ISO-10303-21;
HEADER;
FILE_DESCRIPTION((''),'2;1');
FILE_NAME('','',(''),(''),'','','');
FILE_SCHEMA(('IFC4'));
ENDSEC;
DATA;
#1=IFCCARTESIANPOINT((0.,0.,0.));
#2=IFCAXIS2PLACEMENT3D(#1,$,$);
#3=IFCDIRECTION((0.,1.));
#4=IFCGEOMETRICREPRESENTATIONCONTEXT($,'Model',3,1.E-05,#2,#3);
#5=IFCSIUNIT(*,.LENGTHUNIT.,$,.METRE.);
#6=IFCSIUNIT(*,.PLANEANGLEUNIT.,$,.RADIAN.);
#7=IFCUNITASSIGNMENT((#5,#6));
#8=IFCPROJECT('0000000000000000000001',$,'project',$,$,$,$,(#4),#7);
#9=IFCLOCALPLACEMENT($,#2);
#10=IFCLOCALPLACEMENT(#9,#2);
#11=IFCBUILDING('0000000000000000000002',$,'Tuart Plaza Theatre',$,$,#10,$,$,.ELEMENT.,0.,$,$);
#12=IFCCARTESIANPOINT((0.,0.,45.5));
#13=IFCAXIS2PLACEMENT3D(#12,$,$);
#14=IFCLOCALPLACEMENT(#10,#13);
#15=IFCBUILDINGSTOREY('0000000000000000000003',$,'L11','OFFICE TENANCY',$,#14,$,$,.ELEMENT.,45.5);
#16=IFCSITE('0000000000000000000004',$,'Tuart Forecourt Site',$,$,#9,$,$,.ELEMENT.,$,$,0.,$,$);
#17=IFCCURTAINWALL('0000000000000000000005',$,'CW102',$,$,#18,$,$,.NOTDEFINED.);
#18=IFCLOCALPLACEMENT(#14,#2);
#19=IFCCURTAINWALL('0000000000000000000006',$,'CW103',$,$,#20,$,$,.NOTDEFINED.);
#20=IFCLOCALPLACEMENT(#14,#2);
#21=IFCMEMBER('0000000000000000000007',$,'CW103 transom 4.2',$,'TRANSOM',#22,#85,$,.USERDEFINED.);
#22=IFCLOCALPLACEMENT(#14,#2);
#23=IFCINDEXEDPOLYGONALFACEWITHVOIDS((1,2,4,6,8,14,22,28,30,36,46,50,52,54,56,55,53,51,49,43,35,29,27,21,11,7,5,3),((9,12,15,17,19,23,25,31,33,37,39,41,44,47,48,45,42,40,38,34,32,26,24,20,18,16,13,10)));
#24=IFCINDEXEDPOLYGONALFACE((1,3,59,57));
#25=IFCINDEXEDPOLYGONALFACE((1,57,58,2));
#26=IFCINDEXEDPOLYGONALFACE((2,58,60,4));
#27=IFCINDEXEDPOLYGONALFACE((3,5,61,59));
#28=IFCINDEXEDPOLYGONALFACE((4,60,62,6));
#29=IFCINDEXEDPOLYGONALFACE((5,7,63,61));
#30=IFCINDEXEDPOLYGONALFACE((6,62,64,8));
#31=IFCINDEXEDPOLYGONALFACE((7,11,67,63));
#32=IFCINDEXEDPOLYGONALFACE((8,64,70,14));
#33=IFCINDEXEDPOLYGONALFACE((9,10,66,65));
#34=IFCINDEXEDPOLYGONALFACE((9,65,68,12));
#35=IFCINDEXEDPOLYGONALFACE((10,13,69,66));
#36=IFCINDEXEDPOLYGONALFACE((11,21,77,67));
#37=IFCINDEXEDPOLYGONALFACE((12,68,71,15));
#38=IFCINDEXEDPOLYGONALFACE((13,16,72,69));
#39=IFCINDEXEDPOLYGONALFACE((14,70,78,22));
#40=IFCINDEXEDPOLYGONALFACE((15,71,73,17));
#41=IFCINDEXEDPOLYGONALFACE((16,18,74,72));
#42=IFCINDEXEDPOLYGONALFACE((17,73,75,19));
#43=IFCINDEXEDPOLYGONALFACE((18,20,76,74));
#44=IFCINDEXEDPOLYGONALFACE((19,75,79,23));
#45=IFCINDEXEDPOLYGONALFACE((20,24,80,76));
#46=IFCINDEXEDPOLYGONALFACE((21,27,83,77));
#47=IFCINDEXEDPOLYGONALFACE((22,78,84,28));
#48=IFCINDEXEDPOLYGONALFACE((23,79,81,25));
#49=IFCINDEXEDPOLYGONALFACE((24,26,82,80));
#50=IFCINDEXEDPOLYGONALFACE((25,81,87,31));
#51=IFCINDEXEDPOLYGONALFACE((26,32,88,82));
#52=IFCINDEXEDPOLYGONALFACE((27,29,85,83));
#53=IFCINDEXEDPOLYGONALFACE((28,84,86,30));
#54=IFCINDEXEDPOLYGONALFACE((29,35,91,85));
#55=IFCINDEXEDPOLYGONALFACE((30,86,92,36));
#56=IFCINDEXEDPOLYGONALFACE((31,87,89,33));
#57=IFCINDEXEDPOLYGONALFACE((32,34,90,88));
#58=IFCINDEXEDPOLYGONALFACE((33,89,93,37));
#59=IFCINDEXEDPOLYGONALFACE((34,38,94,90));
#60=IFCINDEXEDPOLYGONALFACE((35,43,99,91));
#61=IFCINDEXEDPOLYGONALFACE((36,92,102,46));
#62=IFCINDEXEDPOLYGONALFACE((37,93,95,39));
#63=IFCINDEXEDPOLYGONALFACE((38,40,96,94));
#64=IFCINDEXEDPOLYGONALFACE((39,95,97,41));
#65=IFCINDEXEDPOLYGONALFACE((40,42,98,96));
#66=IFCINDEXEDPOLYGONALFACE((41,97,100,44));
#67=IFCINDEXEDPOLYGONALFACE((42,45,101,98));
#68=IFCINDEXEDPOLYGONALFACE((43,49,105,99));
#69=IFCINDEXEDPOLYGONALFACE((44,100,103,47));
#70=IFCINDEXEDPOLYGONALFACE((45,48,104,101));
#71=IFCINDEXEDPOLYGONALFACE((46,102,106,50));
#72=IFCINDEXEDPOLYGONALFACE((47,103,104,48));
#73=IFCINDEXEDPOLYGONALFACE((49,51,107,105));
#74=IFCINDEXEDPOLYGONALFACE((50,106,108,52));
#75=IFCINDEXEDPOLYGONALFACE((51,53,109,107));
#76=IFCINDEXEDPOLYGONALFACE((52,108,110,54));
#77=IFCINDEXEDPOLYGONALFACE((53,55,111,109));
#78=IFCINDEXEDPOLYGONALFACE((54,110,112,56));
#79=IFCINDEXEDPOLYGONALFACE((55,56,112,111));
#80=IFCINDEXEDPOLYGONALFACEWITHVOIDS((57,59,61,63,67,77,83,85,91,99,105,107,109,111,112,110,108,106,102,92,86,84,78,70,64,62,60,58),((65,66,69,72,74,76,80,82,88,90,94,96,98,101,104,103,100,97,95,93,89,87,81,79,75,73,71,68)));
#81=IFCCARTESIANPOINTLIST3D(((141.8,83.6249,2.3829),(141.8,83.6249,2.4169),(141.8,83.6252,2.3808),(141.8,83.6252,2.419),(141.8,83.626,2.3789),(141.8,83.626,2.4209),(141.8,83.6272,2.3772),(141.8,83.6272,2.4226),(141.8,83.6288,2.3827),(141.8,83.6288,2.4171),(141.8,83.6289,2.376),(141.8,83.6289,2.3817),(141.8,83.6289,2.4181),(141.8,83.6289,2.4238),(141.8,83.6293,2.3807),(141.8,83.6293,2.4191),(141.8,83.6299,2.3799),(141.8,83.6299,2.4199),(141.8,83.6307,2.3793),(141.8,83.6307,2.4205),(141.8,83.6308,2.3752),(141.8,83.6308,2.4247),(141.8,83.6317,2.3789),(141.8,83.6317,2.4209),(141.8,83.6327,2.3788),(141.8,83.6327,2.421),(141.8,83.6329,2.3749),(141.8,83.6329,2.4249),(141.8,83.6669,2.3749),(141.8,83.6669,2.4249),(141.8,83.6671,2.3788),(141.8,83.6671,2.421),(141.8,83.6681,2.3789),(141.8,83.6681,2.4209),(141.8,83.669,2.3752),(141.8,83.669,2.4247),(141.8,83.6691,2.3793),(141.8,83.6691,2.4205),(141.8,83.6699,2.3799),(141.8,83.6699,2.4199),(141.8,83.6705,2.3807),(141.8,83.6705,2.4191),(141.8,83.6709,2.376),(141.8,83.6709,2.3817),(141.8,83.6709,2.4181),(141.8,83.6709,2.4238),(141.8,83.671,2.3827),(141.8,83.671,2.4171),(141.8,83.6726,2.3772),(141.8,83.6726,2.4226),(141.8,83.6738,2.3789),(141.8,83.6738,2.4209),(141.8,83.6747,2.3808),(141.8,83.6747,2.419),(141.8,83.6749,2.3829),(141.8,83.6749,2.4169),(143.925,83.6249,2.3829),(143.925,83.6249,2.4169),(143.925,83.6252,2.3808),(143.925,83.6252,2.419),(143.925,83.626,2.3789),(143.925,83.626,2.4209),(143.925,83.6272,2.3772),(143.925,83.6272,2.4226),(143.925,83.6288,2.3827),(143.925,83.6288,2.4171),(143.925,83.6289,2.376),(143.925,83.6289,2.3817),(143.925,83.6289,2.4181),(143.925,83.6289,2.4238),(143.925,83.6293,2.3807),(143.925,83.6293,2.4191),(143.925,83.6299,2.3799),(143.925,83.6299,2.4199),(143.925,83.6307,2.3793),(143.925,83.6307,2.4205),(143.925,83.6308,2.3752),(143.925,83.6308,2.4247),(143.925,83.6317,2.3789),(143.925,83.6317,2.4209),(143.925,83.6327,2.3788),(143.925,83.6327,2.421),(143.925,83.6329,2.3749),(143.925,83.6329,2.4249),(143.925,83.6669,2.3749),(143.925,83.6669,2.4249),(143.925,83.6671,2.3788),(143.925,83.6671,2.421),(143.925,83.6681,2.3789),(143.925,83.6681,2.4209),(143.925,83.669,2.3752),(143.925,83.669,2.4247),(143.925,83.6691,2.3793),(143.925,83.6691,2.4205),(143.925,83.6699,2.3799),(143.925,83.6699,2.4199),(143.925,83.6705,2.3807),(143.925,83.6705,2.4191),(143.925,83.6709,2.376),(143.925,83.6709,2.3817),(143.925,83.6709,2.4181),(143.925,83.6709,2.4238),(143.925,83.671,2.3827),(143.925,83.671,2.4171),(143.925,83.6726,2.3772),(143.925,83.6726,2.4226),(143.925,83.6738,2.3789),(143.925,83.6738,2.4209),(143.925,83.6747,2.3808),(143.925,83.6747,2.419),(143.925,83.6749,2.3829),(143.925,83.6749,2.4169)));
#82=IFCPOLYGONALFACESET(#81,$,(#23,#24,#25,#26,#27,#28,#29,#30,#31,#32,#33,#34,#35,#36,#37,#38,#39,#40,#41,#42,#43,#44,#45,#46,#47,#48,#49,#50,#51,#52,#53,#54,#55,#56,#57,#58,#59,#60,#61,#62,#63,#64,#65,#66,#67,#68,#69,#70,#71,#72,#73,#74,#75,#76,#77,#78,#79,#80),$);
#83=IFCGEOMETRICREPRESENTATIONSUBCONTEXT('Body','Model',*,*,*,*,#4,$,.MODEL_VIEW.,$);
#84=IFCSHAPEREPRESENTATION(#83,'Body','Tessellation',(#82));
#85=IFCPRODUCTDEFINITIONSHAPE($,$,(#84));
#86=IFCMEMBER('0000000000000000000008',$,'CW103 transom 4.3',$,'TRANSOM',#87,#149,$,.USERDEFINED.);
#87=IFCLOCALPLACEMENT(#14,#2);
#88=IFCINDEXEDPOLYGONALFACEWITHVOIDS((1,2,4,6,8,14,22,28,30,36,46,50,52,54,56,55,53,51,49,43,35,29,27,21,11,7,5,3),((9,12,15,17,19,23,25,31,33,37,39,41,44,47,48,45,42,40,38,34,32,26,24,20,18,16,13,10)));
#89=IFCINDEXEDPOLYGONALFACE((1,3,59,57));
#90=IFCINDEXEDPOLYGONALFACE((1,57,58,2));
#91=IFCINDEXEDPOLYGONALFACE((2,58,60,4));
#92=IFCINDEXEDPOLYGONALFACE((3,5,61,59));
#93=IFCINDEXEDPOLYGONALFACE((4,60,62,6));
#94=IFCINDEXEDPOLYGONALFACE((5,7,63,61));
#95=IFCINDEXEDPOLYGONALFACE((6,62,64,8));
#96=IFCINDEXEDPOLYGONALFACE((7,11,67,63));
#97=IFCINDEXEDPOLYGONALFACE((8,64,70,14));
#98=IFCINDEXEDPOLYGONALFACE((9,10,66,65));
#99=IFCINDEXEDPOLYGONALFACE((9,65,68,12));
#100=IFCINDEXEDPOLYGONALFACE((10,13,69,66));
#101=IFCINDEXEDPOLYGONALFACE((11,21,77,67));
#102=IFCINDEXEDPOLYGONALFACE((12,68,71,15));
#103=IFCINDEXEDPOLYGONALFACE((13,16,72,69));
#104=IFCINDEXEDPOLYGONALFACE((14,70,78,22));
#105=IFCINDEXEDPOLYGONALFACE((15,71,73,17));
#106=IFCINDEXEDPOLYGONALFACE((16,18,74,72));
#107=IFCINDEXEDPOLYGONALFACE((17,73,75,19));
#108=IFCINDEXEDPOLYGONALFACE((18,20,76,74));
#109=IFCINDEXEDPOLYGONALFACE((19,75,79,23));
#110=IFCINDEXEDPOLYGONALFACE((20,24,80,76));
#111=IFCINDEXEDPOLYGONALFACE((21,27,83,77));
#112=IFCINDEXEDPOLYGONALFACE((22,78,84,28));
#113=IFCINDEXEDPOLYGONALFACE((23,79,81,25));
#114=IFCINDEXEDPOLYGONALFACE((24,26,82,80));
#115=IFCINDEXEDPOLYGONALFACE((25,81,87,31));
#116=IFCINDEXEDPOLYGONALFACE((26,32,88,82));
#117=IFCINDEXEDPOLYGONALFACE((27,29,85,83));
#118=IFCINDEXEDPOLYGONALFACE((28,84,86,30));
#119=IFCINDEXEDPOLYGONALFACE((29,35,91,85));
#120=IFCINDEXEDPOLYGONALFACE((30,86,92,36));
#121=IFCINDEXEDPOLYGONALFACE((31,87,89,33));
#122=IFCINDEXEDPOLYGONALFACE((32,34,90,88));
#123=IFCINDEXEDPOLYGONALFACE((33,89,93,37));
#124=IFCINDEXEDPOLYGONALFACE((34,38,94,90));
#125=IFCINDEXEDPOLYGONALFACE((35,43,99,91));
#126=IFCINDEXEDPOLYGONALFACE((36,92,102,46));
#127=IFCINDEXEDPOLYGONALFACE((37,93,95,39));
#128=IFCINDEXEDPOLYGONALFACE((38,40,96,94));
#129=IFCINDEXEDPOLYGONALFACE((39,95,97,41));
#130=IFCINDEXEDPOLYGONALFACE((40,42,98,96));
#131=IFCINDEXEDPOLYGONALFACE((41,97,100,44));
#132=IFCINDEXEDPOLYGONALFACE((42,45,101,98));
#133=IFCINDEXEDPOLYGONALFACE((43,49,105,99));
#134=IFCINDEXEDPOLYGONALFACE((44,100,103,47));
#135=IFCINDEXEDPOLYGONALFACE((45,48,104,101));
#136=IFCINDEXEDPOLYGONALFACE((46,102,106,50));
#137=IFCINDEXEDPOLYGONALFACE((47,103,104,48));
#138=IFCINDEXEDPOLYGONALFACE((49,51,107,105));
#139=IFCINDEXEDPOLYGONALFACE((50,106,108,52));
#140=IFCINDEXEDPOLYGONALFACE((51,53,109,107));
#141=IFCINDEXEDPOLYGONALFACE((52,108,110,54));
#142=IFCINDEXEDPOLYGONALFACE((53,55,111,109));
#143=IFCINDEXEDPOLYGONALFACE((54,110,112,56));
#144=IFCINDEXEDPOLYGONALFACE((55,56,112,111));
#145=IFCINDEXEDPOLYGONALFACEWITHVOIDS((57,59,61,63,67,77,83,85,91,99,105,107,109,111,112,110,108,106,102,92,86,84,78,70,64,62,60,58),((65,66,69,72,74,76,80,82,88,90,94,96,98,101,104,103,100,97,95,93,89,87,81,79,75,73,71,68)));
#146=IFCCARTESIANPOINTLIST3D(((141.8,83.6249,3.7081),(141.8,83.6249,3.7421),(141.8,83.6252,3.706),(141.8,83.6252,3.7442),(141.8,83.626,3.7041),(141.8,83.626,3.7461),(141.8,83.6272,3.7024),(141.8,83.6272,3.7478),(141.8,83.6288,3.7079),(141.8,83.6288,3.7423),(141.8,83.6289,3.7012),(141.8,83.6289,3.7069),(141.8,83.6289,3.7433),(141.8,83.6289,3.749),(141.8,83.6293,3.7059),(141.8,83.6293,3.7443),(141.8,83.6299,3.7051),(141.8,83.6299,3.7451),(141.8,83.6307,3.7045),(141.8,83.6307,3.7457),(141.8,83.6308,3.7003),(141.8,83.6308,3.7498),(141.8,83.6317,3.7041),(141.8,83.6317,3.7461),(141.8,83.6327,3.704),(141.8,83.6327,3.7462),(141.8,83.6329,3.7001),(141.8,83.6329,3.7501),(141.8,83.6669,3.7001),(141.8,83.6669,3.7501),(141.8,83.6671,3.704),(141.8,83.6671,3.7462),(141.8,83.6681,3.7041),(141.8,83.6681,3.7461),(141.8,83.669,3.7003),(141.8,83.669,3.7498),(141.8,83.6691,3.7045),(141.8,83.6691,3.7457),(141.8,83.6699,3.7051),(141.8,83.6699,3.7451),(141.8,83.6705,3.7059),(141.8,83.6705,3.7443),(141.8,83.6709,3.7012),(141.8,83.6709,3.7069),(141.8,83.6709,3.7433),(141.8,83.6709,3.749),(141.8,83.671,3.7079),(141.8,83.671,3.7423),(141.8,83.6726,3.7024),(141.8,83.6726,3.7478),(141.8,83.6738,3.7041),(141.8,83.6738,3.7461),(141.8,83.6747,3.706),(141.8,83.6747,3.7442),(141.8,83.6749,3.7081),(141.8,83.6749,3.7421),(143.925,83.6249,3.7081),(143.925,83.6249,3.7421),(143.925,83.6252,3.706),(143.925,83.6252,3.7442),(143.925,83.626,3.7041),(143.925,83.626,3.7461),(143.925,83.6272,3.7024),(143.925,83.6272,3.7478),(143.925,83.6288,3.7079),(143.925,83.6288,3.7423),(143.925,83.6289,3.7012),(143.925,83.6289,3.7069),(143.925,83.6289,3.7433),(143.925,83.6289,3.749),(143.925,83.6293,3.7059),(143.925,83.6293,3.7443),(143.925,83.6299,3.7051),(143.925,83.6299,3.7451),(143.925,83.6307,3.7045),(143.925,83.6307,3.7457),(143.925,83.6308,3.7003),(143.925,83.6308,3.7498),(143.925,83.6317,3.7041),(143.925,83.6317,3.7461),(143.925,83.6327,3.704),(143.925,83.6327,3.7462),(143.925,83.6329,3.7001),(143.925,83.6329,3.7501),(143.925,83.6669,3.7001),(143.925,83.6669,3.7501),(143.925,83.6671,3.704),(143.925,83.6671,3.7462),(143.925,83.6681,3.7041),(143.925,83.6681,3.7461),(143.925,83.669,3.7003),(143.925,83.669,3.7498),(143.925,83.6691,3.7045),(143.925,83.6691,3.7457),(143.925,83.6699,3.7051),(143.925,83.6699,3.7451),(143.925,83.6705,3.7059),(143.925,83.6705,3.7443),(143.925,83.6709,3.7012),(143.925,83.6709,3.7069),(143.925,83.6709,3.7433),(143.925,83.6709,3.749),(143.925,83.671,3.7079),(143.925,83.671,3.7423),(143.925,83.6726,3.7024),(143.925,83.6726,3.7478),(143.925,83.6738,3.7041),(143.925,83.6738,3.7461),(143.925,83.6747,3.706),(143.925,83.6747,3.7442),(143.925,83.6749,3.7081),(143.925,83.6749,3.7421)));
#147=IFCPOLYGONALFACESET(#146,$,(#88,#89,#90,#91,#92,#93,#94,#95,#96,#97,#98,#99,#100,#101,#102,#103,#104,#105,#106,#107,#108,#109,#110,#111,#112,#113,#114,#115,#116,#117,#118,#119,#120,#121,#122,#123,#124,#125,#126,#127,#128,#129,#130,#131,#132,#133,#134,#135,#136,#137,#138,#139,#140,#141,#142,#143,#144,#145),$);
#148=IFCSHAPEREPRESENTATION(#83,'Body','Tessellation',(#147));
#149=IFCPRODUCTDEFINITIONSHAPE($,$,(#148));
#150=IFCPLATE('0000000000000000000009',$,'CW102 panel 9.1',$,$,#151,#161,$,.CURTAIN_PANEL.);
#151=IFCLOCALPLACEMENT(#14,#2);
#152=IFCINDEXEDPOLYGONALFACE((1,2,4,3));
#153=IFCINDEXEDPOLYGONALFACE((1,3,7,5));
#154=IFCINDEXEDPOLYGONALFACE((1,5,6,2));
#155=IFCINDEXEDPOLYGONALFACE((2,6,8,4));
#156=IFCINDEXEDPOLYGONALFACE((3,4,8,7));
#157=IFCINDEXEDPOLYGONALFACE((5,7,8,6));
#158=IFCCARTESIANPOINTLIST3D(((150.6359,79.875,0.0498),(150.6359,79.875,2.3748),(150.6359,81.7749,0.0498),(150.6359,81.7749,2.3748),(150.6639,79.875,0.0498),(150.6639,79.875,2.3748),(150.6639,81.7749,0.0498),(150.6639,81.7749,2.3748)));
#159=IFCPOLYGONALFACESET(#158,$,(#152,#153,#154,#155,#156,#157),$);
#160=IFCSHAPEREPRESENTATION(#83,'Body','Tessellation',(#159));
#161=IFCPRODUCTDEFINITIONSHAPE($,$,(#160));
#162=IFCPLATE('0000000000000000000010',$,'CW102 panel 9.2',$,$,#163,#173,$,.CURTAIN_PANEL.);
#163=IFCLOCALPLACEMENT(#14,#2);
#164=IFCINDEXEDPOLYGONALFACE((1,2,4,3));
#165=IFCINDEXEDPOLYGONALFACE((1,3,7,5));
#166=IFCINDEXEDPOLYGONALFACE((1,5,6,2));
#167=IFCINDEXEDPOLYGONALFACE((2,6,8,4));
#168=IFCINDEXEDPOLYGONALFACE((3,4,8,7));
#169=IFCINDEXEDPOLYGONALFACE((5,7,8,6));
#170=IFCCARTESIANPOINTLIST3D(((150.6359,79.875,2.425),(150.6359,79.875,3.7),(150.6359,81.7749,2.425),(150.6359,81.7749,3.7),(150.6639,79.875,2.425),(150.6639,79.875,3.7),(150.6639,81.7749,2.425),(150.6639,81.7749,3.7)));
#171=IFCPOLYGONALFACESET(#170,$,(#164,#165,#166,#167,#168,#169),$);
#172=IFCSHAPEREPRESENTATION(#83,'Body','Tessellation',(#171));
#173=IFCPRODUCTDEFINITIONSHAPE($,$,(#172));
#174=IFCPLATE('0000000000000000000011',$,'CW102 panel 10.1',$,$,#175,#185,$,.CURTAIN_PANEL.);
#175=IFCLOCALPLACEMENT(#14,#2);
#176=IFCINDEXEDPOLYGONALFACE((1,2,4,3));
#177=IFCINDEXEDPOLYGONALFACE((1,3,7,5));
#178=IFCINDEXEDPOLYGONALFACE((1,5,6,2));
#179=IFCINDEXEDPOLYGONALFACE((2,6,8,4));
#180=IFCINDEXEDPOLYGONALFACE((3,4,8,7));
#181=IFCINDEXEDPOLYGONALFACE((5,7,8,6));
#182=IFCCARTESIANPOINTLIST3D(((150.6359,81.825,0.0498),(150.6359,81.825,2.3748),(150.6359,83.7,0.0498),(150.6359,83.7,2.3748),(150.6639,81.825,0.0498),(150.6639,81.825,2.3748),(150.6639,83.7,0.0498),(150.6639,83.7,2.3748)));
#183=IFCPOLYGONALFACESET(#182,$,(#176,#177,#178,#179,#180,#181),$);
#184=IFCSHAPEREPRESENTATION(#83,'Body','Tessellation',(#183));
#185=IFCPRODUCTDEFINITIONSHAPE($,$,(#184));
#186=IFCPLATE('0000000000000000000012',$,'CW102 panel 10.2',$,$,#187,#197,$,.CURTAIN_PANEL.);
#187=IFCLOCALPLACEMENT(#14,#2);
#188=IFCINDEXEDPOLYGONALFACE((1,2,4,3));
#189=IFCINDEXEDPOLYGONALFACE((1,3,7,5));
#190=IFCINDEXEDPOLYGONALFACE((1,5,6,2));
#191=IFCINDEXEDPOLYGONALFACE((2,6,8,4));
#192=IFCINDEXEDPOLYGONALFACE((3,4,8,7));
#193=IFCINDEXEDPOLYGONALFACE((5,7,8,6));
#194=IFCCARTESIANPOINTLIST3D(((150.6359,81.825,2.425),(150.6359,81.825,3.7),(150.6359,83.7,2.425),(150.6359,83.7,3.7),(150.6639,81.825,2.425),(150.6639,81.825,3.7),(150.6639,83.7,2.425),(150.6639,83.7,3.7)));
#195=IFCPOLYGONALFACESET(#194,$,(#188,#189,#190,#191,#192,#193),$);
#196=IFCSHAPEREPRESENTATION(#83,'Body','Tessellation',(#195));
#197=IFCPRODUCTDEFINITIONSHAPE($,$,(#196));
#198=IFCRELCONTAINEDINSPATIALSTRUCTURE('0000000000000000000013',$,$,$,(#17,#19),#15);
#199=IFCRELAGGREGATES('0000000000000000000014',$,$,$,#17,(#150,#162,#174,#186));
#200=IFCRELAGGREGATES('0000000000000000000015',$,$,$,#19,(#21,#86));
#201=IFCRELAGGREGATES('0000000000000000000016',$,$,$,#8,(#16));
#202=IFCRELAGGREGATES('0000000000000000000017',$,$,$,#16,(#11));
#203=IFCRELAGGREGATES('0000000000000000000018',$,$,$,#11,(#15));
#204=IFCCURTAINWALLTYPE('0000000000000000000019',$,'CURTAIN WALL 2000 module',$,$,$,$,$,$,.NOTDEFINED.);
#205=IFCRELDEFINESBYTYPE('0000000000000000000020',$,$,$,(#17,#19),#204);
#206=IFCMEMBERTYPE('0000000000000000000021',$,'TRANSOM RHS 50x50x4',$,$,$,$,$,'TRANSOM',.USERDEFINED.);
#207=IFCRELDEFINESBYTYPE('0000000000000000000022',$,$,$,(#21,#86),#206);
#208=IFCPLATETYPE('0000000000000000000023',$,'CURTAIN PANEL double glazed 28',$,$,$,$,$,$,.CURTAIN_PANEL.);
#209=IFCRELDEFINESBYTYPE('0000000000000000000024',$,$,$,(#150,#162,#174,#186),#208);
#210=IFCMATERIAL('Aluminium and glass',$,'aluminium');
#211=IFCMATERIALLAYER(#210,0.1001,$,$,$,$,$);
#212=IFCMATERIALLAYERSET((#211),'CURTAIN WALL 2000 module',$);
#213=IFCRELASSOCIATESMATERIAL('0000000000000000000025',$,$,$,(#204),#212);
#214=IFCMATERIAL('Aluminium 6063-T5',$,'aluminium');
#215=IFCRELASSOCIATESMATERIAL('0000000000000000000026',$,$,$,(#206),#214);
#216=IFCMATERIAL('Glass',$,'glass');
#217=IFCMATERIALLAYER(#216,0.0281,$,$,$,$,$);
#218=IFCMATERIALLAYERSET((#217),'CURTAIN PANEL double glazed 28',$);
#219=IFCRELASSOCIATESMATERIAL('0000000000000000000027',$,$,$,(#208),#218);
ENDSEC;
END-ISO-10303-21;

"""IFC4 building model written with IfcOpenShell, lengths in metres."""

from ifc_helpers import new_model, si_unit, direction, frame, origin, origin_2d, place, context, subcontext, project, spatial, rectangle, hollow_rectangle, extrude, material, layer, layer_set, material_profile, profile_set, type_object, element, aggregate, save


model = new_model("IFC4")

# Units and contexts
model_context = context("Model", 3, precision=1e-05, world=origin(), true_north=direction((0.0, 1.0)))
body_context = subcontext(model_context, "Body", "Model", "MODEL_VIEW")
ifc_project = project(units=[si_unit("LENGTHUNIT", "METRE"), si_unit("PLANEANGLEUNIT", "RADIAN")], contexts=[model_context])

# Site, building, storey
site_placement = place(None, origin())
site = spatial("IfcSite", under=ifc_project, at=site_placement, Name="Tuart Forecourt Site", CompositionType="ELEMENT", RefElevation=0.0)
building_placement = place(site_placement, origin())
building = spatial("IfcBuilding", under=site, at=building_placement, Name="Tuart Plaza Theatre", CompositionType="ELEMENT", ElevationOfRefHeight=0.0)
storey_placement = place(building_placement, frame((0.0, 0.0, 45.5)))
storey = spatial("IfcBuildingStorey", under=building, at=storey_placement, Name="L11", Description="OFFICE TENANCY", CompositionType="ELEMENT", Elevation=45.5)

# Curtain wall
ifc_material_1 = material(Name="Aluminium and glass", Category="aluminium")
ifc_layer_1 = layer(ifc_material_1, 0.1001)
ifc_layer_set_1 = layer_set([ifc_layer_1], Name="CURTAIN WALL 2000 module")
curtain_wall_type = type_object("IfcCurtainWallType", Name="CURTAIN WALL 2000 module", PredefinedType="NOTDEFINED", material=ifc_layer_set_1)
curtain_wall_1_placement = place(storey_placement, origin())
curtain_wall_1 = element("IfcCurtainWall", 1, at=curtain_wall_1_placement, inside=storey, type_object=curtain_wall_type, Name="CW102", PredefinedType="NOTDEFINED")

# Curtain wall
curtain_wall_2_placement = place(storey_placement, origin())
curtain_wall_2 = element("IfcCurtainWall", 2, at=curtain_wall_2_placement, inside=storey, type_object=curtain_wall_type, Name="CW103", PredefinedType="NOTDEFINED")

# Members
ifc_material_2 = material(Name="Aluminium 6063-T5", Category="aluminium")
ifc_material_profile_1 = material_profile(ifc_material_2, hollow_rectangle(XDim=0.05, YDim=0.05, WallThickness=0.0039, InnerFilletRadius=0.0039, OuterFilletRadius=0.0081, at=origin_2d()), Name="RHS 50x50x4")
ifc_profile_set_1 = profile_set([ifc_material_profile_1], Name="Aluminium 6063-T5")
member_type_1 = type_object("IfcMemberType", Name="TRANSOM RHS 50x50x4", ElementType="TRANSOM", PredefinedType="USERDEFINED", material=ifc_profile_set_1)
member_1_placement = place(storey_placement, frame((143.925, 83.6499, 2.3999), z_axis=(-1.0, 0.0, 0.0), x_axis=(0.0, -1.0, 0.0)))
member_1 = element("IfcMember", 3, at=member_1_placement, type_object=member_type_1, Name="CW103 transom 4.2", ObjectType="TRANSOM", PredefinedType="USERDEFINED", context=body_context, shape_type="SweptSolid", body=[
    extrude(hollow_rectangle(XDim=0.05, YDim=0.05, WallThickness=0.0039, InnerFilletRadius=0.0039, OuterFilletRadius=0.0081, at=origin_2d()), origin(), (0.0, 0.0, 1.0), 2.125),
])
member_2_placement = place(storey_placement, frame((143.925, 83.6499, 3.7251), z_axis=(-1.0, 0.0, 0.0), x_axis=(0.0, -1.0, 0.0)))
member_2 = element("IfcMember", 4, at=member_2_placement, type_object=member_type_1, Name="CW103 transom 4.3", ObjectType="TRANSOM", PredefinedType="USERDEFINED", context=body_context, shape_type="SweptSolid", body=[
    extrude(hollow_rectangle(XDim=0.05, YDim=0.05, WallThickness=0.0039, InnerFilletRadius=0.0039, OuterFilletRadius=0.0081, at=origin_2d()), origin(), (0.0, 0.0, 1.0), 2.125),
])

# Plates
ifc_material_3 = material(Name="Glass", Category="glass")
ifc_layer_2 = layer(ifc_material_3, 0.0281)
ifc_layer_set_2 = layer_set([ifc_layer_2], Name="CURTAIN PANEL double glazed 28")
plate_type = type_object("IfcPlateType", Name="CURTAIN PANEL double glazed 28", PredefinedType="CURTAIN_PANEL", material=ifc_layer_set_2)
plate_1_placement = place(storey_placement, frame((150.6499, 80.825, 0.0498), z_axis=(0.0, 0.0, 1.0), x_axis=(0.0, 1.0, 0.0)))
plate_1 = element("IfcPlate", 5, at=plate_1_placement, type_object=plate_type, Name="CW102 panel 9.1", PredefinedType="CURTAIN_PANEL", context=body_context, shape_type="SweptSolid", body=[
    extrude(rectangle(XDim=1.8999, YDim=0.0281, at=origin_2d()), origin(), (0.0, 0.0, 1.0), 2.325),
])
plate_2_placement = place(storey_placement, frame((150.6499, 80.825, 2.425), z_axis=(0.0, 0.0, 1.0), x_axis=(0.0, 1.0, 0.0)))
plate_2 = element("IfcPlate", 6, at=plate_2_placement, type_object=plate_type, Name="CW102 panel 9.2", PredefinedType="CURTAIN_PANEL", context=body_context, shape_type="SweptSolid", body=[
    extrude(rectangle(XDim=1.8999, YDim=0.0281, at=origin_2d()), origin(), (0.0, 0.0, 1.0), 1.2749),
])
plate_3_placement = place(storey_placement, frame((150.6499, 82.7625, 0.0498), z_axis=(0.0, 0.0, 1.0), x_axis=(0.0, 1.0, 0.0)))
plate_3 = element("IfcPlate", 7, at=plate_3_placement, type_object=plate_type, Name="CW102 panel 10.1", PredefinedType="CURTAIN_PANEL", context=body_context, shape_type="SweptSolid", body=[
    extrude(rectangle(XDim=1.875, YDim=0.0281, at=origin_2d()), origin(), (0.0, 0.0, 1.0), 2.325),
])
plate_4_placement = place(storey_placement, frame((150.6499, 82.7625, 2.425), z_axis=(0.0, 0.0, 1.0), x_axis=(0.0, 1.0, 0.0)))
plate_4 = element("IfcPlate", 8, at=plate_4_placement, type_object=plate_type, Name="CW102 panel 10.2", PredefinedType="CURTAIN_PANEL", context=body_context, shape_type="SweptSolid", body=[
    extrude(rectangle(XDim=1.875, YDim=0.0281, at=origin_2d()), origin(), (0.0, 0.0, 1.0), 1.2749),
])
aggregate(curtain_wall_1, [plate_1, plate_2, plate_3, plate_4])
aggregate(curtain_wall_2, [member_1, member_2])

save(model, "model.ifc")
